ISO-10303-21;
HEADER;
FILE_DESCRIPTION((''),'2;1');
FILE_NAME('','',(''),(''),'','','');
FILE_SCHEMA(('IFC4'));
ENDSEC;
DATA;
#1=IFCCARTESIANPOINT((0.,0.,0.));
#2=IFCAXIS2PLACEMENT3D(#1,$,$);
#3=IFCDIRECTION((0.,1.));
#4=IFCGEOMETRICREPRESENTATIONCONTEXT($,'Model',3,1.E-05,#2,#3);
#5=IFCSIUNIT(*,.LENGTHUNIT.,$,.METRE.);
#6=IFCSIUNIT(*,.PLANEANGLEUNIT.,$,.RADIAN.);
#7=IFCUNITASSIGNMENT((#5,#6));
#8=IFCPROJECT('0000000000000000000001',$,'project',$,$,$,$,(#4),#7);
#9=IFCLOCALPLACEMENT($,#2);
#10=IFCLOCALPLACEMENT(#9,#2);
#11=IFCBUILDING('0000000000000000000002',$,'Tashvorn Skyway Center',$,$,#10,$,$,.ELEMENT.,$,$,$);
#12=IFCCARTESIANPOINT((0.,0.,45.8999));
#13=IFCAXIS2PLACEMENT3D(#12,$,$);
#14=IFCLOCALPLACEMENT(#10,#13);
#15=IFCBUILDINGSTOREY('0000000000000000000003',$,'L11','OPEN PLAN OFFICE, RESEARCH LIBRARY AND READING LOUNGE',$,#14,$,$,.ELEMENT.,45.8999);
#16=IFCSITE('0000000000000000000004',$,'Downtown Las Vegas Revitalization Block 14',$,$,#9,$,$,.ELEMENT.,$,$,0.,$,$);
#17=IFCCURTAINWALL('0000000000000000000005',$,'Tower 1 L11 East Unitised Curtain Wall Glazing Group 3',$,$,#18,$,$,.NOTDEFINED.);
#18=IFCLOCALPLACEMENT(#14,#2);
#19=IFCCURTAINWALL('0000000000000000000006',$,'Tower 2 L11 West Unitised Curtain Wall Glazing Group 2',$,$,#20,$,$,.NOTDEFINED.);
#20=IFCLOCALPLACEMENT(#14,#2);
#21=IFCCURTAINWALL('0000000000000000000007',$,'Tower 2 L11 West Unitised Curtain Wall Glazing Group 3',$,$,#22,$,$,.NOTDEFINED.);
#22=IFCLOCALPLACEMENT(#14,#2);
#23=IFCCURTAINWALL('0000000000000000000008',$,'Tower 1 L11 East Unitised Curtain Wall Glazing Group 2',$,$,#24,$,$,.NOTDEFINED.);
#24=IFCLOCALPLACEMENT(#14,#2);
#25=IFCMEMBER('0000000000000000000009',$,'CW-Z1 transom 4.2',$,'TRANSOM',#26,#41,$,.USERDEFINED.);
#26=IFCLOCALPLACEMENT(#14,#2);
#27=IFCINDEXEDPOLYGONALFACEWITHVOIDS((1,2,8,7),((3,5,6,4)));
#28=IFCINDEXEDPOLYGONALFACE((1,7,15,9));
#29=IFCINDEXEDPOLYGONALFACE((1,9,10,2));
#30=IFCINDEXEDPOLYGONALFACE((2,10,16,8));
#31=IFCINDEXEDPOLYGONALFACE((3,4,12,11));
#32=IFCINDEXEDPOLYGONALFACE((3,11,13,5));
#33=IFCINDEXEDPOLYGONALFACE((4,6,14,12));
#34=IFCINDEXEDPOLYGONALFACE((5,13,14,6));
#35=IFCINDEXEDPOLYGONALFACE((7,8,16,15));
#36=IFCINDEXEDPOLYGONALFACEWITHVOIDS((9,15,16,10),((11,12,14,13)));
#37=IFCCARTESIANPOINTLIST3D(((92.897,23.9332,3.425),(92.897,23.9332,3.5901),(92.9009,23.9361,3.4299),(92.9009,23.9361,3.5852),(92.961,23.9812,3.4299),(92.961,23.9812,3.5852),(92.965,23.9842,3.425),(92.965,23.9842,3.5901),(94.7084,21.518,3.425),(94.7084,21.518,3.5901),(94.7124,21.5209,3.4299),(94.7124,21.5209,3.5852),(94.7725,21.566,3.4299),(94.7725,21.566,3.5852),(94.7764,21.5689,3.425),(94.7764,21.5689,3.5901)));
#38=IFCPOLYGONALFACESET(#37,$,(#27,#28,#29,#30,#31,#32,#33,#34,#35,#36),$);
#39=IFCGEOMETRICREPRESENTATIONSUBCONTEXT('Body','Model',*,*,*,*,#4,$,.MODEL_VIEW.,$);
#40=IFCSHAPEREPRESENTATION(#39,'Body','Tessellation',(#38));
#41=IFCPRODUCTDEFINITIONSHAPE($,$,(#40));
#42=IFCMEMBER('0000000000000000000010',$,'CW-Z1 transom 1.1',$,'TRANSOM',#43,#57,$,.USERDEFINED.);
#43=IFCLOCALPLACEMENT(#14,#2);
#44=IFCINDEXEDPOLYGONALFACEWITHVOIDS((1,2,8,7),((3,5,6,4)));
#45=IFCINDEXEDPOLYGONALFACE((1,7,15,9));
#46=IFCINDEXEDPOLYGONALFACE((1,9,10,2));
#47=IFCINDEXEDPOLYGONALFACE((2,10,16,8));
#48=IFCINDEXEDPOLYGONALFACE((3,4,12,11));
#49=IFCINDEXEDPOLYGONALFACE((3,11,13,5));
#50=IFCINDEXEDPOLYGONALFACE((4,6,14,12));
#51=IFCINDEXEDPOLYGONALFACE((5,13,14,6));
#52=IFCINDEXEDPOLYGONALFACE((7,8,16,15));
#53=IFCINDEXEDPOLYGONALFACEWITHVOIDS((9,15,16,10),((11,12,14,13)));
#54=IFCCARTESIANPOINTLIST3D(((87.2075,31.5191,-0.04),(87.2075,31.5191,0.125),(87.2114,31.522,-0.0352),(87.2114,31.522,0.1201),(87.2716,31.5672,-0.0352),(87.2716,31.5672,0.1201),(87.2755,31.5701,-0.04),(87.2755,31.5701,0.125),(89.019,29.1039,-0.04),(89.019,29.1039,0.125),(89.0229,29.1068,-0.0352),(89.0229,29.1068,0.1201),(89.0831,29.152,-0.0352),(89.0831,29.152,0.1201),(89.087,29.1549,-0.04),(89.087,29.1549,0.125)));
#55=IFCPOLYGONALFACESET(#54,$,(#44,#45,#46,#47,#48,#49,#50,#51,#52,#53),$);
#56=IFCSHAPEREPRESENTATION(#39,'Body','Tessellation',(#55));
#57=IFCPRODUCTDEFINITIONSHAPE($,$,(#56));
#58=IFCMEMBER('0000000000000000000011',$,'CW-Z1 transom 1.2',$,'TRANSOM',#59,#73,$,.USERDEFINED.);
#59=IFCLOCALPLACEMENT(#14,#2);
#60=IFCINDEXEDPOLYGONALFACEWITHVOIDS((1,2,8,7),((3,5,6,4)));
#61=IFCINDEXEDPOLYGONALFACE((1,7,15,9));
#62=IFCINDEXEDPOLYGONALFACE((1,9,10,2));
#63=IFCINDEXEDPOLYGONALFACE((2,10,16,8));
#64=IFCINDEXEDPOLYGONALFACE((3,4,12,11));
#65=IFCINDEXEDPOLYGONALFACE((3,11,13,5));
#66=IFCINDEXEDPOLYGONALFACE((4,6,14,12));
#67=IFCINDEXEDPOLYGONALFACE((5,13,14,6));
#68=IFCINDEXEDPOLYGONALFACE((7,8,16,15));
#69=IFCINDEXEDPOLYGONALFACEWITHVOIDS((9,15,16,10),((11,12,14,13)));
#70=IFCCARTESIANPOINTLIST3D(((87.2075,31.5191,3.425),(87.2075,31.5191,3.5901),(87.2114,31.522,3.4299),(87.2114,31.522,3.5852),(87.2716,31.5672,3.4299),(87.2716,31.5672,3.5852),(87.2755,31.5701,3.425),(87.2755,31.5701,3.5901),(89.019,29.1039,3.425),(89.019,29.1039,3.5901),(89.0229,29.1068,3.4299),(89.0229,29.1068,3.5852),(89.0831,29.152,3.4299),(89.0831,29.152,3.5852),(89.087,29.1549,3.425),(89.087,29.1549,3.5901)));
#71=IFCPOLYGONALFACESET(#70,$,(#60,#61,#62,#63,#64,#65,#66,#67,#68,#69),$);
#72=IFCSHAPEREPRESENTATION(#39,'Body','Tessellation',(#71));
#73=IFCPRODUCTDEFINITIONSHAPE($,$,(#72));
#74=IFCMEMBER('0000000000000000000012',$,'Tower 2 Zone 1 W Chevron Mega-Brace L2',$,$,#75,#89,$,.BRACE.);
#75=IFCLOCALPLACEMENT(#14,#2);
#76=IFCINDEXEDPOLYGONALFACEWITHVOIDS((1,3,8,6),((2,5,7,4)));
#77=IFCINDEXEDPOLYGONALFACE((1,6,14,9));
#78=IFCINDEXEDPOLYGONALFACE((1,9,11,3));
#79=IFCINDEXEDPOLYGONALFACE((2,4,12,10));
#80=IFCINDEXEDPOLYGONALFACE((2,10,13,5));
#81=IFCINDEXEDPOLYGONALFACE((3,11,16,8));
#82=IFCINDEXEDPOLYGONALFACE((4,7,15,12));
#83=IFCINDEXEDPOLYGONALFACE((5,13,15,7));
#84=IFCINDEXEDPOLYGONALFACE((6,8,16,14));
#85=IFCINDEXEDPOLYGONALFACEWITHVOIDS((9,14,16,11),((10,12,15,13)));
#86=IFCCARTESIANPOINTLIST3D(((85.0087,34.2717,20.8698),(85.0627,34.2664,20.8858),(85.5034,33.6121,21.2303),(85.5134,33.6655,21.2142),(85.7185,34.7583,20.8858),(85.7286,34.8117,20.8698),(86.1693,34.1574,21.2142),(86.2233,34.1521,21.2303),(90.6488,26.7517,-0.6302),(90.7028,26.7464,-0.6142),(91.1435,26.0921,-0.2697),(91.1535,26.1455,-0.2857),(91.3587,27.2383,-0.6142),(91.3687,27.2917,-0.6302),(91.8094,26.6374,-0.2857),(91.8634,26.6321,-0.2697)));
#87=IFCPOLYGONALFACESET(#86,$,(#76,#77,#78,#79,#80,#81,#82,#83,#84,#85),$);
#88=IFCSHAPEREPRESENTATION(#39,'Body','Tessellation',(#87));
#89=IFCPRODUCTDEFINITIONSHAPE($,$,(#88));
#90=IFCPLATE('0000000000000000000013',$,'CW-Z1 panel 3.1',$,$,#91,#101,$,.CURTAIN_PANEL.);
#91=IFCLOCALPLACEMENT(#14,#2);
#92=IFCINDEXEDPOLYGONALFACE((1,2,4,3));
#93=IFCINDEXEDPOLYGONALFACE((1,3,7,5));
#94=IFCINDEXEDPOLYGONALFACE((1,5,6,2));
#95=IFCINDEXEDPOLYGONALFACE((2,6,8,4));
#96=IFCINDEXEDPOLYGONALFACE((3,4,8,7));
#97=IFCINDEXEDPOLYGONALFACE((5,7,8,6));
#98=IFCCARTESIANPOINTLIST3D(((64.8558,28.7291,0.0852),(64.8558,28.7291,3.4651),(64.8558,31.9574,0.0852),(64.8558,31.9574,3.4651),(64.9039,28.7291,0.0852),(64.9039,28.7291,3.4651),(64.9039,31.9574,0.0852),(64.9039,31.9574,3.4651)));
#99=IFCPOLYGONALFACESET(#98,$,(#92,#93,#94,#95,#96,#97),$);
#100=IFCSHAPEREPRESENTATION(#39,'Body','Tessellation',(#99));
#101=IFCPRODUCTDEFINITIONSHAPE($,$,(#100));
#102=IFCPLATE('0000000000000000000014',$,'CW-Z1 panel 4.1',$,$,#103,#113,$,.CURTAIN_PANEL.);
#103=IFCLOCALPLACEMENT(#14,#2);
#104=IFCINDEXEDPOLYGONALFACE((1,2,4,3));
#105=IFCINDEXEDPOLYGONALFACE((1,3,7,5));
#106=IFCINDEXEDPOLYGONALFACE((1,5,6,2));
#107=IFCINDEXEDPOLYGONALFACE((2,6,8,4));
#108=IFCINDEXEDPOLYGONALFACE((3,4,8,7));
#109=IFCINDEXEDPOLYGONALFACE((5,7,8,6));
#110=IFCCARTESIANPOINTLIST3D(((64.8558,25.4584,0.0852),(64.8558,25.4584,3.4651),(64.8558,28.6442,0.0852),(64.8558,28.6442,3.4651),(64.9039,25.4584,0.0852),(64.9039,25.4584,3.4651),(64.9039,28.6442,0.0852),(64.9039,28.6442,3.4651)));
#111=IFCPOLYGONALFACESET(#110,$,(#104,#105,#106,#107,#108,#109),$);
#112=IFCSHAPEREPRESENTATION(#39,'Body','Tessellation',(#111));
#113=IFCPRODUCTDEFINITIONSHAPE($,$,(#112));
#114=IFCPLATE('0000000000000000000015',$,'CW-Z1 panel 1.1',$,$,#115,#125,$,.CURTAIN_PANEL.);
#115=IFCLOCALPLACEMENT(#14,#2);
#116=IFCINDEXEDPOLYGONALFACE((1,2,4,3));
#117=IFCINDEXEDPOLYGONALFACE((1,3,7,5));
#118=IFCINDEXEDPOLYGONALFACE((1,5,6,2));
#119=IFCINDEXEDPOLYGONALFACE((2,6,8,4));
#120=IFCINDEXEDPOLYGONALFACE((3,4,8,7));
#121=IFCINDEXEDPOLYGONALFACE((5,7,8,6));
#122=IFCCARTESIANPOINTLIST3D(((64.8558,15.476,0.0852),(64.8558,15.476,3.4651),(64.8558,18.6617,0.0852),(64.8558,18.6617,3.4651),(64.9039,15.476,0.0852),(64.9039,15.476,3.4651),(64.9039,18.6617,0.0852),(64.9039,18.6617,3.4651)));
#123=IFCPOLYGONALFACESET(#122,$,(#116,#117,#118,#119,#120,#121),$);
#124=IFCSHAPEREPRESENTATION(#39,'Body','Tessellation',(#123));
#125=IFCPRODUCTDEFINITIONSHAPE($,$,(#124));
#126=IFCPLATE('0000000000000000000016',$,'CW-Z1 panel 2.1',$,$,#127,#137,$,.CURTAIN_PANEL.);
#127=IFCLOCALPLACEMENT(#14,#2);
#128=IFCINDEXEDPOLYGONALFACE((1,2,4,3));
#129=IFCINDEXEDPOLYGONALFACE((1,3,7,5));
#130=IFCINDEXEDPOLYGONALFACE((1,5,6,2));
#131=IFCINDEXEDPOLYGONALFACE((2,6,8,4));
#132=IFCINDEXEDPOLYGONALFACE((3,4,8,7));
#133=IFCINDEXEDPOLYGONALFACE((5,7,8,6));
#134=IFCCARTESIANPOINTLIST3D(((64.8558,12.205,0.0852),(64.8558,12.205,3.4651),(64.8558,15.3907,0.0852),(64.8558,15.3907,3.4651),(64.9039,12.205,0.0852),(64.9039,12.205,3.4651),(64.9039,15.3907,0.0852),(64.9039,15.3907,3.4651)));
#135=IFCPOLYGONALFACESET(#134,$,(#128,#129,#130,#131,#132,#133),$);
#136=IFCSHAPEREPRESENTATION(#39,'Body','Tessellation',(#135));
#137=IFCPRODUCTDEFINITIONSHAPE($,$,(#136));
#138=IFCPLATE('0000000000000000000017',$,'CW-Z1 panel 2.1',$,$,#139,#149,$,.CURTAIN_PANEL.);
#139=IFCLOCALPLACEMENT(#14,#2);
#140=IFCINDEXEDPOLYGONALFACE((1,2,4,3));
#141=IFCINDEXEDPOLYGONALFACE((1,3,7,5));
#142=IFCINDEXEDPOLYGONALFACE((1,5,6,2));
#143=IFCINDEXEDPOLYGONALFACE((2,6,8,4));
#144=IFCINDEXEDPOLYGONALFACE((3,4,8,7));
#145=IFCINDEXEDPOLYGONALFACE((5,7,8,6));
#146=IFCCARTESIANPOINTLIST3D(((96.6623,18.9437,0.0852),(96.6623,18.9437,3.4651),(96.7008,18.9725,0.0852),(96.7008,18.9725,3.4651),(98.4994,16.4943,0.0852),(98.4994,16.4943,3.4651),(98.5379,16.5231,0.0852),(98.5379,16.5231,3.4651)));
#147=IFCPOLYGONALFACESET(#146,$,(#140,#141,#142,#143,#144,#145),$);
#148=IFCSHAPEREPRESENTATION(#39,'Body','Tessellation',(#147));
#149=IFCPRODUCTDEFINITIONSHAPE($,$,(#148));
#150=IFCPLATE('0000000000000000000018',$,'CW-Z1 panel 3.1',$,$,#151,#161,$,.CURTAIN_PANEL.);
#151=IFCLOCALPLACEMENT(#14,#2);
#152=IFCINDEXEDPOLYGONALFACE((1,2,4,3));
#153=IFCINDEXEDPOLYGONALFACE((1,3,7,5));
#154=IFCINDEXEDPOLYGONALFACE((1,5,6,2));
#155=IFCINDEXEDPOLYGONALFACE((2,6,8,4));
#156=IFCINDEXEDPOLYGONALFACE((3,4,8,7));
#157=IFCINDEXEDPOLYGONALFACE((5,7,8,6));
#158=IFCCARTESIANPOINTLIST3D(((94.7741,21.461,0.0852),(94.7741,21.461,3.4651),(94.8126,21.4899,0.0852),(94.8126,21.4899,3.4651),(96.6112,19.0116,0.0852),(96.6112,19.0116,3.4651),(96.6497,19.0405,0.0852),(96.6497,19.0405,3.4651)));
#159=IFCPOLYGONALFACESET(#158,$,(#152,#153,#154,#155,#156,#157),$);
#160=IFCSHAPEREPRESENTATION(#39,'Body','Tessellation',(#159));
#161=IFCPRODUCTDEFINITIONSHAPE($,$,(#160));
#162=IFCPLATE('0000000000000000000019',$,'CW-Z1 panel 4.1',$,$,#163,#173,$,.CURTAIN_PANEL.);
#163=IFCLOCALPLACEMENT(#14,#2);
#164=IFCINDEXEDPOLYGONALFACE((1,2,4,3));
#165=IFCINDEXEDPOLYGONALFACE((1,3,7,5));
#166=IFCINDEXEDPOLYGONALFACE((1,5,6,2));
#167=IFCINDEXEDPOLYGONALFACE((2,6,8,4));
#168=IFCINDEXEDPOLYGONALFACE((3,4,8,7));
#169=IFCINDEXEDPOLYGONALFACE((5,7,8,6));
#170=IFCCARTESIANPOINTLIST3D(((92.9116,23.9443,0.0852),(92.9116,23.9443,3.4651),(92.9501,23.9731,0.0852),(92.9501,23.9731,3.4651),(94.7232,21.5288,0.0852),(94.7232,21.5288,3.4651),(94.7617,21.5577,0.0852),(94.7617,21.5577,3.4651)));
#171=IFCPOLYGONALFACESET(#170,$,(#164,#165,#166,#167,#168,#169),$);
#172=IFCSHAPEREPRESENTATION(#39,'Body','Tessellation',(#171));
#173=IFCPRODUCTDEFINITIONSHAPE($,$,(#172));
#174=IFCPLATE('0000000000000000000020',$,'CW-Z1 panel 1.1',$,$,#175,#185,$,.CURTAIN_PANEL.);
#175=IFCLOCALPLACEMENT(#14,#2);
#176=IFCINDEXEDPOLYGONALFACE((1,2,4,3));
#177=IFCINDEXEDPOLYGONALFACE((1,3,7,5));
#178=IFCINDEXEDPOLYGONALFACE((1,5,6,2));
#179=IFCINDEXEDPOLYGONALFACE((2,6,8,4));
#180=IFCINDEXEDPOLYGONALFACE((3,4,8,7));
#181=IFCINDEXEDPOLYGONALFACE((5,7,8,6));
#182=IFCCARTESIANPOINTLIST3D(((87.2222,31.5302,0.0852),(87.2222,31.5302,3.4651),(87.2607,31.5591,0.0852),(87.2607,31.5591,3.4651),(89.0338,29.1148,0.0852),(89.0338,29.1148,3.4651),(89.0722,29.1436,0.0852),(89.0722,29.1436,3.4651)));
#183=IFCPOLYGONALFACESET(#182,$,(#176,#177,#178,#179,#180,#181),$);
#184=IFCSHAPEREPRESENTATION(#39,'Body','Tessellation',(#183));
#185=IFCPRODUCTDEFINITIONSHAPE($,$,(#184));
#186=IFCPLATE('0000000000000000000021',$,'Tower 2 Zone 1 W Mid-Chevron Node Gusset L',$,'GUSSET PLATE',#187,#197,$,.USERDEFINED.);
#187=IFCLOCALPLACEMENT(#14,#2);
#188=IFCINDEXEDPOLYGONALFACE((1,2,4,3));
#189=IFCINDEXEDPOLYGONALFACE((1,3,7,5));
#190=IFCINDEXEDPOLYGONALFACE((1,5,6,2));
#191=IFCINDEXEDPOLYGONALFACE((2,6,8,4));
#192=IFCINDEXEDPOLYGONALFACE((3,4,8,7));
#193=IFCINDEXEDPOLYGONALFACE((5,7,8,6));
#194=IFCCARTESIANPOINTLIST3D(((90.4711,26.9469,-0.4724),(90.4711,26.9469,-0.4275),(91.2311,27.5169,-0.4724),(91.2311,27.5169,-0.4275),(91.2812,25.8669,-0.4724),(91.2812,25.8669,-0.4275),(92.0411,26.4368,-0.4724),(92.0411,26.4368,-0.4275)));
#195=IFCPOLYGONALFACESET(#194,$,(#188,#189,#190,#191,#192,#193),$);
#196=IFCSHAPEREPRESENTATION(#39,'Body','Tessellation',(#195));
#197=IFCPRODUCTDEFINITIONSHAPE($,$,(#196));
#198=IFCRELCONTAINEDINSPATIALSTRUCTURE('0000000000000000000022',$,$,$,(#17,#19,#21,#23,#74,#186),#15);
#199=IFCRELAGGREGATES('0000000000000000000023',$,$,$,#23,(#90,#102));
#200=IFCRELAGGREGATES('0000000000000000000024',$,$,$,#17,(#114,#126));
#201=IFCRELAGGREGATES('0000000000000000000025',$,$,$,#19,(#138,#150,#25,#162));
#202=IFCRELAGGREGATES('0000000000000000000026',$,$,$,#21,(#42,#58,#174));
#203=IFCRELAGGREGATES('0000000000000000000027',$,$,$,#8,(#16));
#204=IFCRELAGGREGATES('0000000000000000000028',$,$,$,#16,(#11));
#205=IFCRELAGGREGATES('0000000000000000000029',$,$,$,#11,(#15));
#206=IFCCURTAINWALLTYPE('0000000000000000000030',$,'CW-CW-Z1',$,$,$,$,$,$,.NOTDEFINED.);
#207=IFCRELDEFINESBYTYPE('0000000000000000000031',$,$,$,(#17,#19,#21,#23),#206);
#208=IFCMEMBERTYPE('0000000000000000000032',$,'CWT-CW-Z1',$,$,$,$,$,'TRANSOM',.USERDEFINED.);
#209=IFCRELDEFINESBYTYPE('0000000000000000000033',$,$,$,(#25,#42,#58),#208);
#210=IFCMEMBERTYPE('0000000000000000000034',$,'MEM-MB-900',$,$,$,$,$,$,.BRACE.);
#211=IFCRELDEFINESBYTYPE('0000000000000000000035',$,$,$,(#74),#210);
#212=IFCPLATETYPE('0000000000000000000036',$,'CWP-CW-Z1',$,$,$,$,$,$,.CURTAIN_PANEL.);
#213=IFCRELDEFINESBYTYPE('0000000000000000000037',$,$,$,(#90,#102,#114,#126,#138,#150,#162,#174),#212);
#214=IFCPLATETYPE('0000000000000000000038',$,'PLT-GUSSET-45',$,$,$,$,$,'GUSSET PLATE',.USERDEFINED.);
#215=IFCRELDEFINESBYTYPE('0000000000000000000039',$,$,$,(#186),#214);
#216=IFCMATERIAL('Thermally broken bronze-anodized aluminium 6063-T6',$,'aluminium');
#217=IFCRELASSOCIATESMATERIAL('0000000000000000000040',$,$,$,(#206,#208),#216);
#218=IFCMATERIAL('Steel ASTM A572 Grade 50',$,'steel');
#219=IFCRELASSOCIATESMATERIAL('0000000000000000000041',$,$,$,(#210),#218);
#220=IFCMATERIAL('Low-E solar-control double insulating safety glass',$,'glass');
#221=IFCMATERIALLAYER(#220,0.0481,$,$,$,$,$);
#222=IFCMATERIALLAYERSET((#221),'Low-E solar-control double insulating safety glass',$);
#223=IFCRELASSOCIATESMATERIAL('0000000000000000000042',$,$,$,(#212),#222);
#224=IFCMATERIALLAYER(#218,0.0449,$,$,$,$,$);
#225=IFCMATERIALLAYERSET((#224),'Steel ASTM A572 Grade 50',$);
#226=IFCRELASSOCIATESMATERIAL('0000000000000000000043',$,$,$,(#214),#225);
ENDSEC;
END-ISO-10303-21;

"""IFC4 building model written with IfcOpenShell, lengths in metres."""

from ifc_helpers import new_model, si_unit, direction, frame, origin, origin_2d, place, context, subcontext, project, spatial, rectangle, hollow_rectangle, extrude, material, layer, layer_set, material_profile, profile_set, type_object, element, aggregate, save


model = new_model("IFC4")

# Units and contexts
model_context = context("Model", 3, precision=1e-05, world=origin(), true_north=direction((0.0, 1.0)))
body_context = subcontext(model_context, "Body", "Model", "MODEL_VIEW")
ifc_project = project(units=[si_unit("LENGTHUNIT", "METRE"), si_unit("PLANEANGLEUNIT", "RADIAN")], contexts=[model_context])

# Site, building, storey
site_placement = place(None, origin())
site = spatial("IfcSite", under=ifc_project, at=site_placement, Name="Downtown Las Vegas Revitalization Block 14", CompositionType="ELEMENT", RefElevation=0.0)
building_placement = place(site_placement, origin())
building = spatial("IfcBuilding", under=site, at=building_placement, Name="Tashvorn Skyway Center", CompositionType="ELEMENT")
storey_placement = place(building_placement, frame((0.0, 0.0, 45.8999)))
storey = spatial("IfcBuildingStorey", under=building, at=storey_placement, Name="L11", Description="OPEN PLAN OFFICE, RESEARCH LIBRARY AND READING LOUNGE", CompositionType="ELEMENT", Elevation=45.8999)

# Shared definitions
ifc_material_1 = material(Name="Steel ASTM A572 Grade 50", Category="steel")

# Curtain walls
ifc_material_2 = material(Name="Thermally broken bronze-anodized aluminium 6063-T6", Category="aluminium")
curtain_wall_type = type_object("IfcCurtainWallType", Name="CW-CW-Z1", PredefinedType="NOTDEFINED", material=ifc_material_2)
curtain_wall_1_placement = place(storey_placement, origin())
curtain_wall_1 = element("IfcCurtainWall", 1, at=curtain_wall_1_placement, inside=storey, type_object=curtain_wall_type, Name="Tower 1 L11 East Unitised Curtain Wall Glazing Group 3", PredefinedType="NOTDEFINED")
curtain_wall_2_placement = place(storey_placement, origin())
curtain_wall_2 = element("IfcCurtainWall", 2, at=curtain_wall_2_placement, inside=storey, type_object=curtain_wall_type, Name="Tower 2 L11 West Unitised Curtain Wall Glazing Group 2", PredefinedType="NOTDEFINED")

# Curtain wall
curtain_wall_3_placement = place(storey_placement, origin())
curtain_wall_3 = element("IfcCurtainWall", 3, at=curtain_wall_3_placement, inside=storey, type_object=curtain_wall_type, Name="Tower 2 L11 West Unitised Curtain Wall Glazing Group 3", PredefinedType="NOTDEFINED")

# Curtain wall
curtain_wall_4_placement = place(storey_placement, origin())
curtain_wall_4 = element("IfcCurtainWall", 4, at=curtain_wall_4_placement, inside=storey, type_object=curtain_wall_type, Name="Tower 1 L11 East Unitised Curtain Wall Glazing Group 2", PredefinedType="NOTDEFINED")
ifc_material_profile_1 = material_profile(ifc_material_2, hollow_rectangle(XDim=0.085, YDim=0.165, WallThickness=0.0049, at=origin_2d()), Name="ALU-TRAN-85x165")
ifc_profile_set_1 = profile_set([ifc_material_profile_1], Name="Thermally broken bronze-anodized aluminium 6063-T6")
member_type_1 = type_object("IfcMemberType", Name="CWT-CW-Z1", ElementType="TRANSOM", PredefinedType="USERDEFINED", material=ifc_profile_set_1)

# Members
member_1_placement = place(storey_placement, frame((94.7424, 21.5435, 3.5076), z_axis=(-0.600013, 0.79999, 0.0), x_axis=(-0.79999, -0.600013, 0.0)))
member_1 = element("IfcMember", 5, at=member_1_placement, type_object=member_type_1, Name="CW-Z1 transom 4.2", ObjectType="TRANSOM", PredefinedType="USERDEFINED", context=body_context, shape_type="SweptSolid", body=[
    extrude(hollow_rectangle(XDim=0.085, YDim=0.165, WallThickness=0.0049, at=origin_2d()), origin(), (0.0, 0.0, 1.0), 3.019),
])
member_2_placement = place(storey_placement, frame((89.053, 29.1294, 0.0425), z_axis=(-0.600013, 0.79999, 0.0), x_axis=(-0.79999, -0.600013, 0.0)))
member_2 = element("IfcMember", 6, at=member_2_placement, type_object=member_type_1, Name="CW-Z1 transom 1.1", ObjectType="TRANSOM", PredefinedType="USERDEFINED", context=body_context, shape_type="SweptSolid", body=[
    extrude(hollow_rectangle(XDim=0.085, YDim=0.165, WallThickness=0.0049, at=origin_2d()), origin(), (0.0, 0.0, 1.0), 3.019),
])
member_3_placement = place(storey_placement, frame((89.053, 29.1294, 3.5076), z_axis=(-0.600013, 0.79999, 0.0), x_axis=(-0.79999, -0.600013, 0.0)))
member_3 = element("IfcMember", 7, at=member_3_placement, type_object=member_type_1, Name="CW-Z1 transom 1.2", ObjectType="TRANSOM", PredefinedType="USERDEFINED", context=body_context, shape_type="SweptSolid", body=[
    extrude(hollow_rectangle(XDim=0.085, YDim=0.165, WallThickness=0.0049, at=origin_2d()), origin(), (0.0, 0.0, 1.0), 3.019),
])
ifc_material_profile_2 = material_profile(ifc_material_1, hollow_rectangle(XDim=0.8999, YDim=0.8999, WallThickness=0.04, at=origin_2d()), Name="BOX900x900x40")
ifc_profile_set_2 = profile_set([ifc_material_profile_2], Name="Steel ASTM A572 Grade 50")
member_type_2 = type_object("IfcMemberType", Name="MEM-MB-900", PredefinedType="BRACE", material=ifc_profile_set_2)
member_4_placement = place(storey_placement, frame((91.2561, 26.6919, -0.45), z_axis=(-0.240363, 0.320477, 0.916254), x_axis=(-0.799994, -0.600008, 0.0)))
element("IfcMember", 8, at=member_4_placement, inside=storey, type_object=member_type_2, Name="Tower 2 Zone 1 W Chevron Mega-Brace L2", PredefinedType="BRACE", context=body_context, shape_type="SweptSolid", body=[
    extrude(hollow_rectangle(XDim=0.8999, YDim=0.8999, WallThickness=0.04, at=origin_2d()), origin(), (0.0, 0.0, 1.0), 23.4651),
])

# Plates
ifc_material_3 = material(Name="Low-E solar-control double insulating safety glass", Category="glass")
ifc_layer_1 = layer(ifc_material_3, 0.0481)
ifc_layer_set_1 = layer_set([ifc_layer_1], Name="Low-E solar-control double insulating safety glass")
plate_type_1 = type_object("IfcPlateType", Name="CWP-CW-Z1", PredefinedType="CURTAIN_PANEL", material=ifc_layer_set_1)
plate_1_placement = place(storey_placement, frame((64.8799, 30.3433, 0.0852), z_axis=(0.0, 0.0, 1.0), x_axis=(0.0, -1.0, 0.0)))
plate_1 = element("IfcPlate", 9, at=plate_1_placement, type_object=plate_type_1, Name="CW-Z1 panel 3.1", PredefinedType="CURTAIN_PANEL", context=body_context, shape_type="SweptSolid", body=[
    extrude(rectangle(XDim=3.2283, YDim=0.0481, at=origin_2d()), origin(), (0.0, 0.0, 1.0), 3.3799),
])
plate_2_placement = place(storey_placement, frame((64.8799, 27.0513, 0.0852), z_axis=(0.0, 0.0, 1.0), x_axis=(0.0, -1.0, 0.0)))
plate_2 = element("IfcPlate", 10, at=plate_2_placement, type_object=plate_type_1, Name="CW-Z1 panel 4.1", PredefinedType="CURTAIN_PANEL", context=body_context, shape_type="SweptSolid", body=[
    extrude(rectangle(XDim=3.1858, YDim=0.0481, at=origin_2d()), origin(), (0.0, 0.0, 1.0), 3.3799),
])
aggregate(curtain_wall_4, [plate_1, plate_2])
plate_3_placement = place(storey_placement, frame((64.8799, 17.0688, 0.0852), z_axis=(0.0, 0.0, 1.0), x_axis=(0.0, -1.0, 0.0)))
plate_3 = element("IfcPlate", 11, at=plate_3_placement, type_object=plate_type_1, Name="CW-Z1 panel 1.1", PredefinedType="CURTAIN_PANEL", context=body_context, shape_type="SweptSolid", body=[
    extrude(rectangle(XDim=3.1858, YDim=0.0481, at=origin_2d()), origin(), (0.0, 0.0, 1.0), 3.3799),
])
plate_4_placement = place(storey_placement, frame((64.8799, 13.7979, 0.0852), z_axis=(0.0, 0.0, 1.0), x_axis=(0.0, -1.0, 0.0)))
plate_4 = element("IfcPlate", 12, at=plate_4_placement, type_object=plate_type_1, Name="CW-Z1 panel 2.1", PredefinedType="CURTAIN_PANEL", context=body_context, shape_type="SweptSolid", body=[
    extrude(rectangle(XDim=3.1858, YDim=0.0481, at=origin_2d()), origin(), (0.0, 0.0, 1.0), 3.3799),
])
aggregate(curtain_wall_1, [plate_3, plate_4])
plate_5_placement = place(storey_placement, frame((97.6001, 17.7334, 0.0852), z_axis=(0.0, 0.0, 1.0), x_axis=(-0.599997, 0.800002, 0.0)))
plate_5 = element("IfcPlate", 13, at=plate_5_placement, type_object=plate_type_1, Name="CW-Z1 panel 2.1", PredefinedType="CURTAIN_PANEL", context=body_context, shape_type="SweptSolid", body=[
    extrude(rectangle(XDim=3.0618, YDim=0.0481, at=origin_2d()), origin(), (0.0, 0.0, 1.0), 3.3799),
])
plate_6_placement = place(storey_placement, frame((95.7119, 20.2507, 0.0852), z_axis=(0.0, 0.0, 1.0), x_axis=(-0.599997, 0.800002, 0.0)))
plate_6 = element("IfcPlate", 14, at=plate_6_placement, type_object=plate_type_1, Name="CW-Z1 panel 3.1", PredefinedType="CURTAIN_PANEL", context=body_context, shape_type="SweptSolid", body=[
    extrude(rectangle(XDim=3.0618, YDim=0.0481, at=origin_2d()), origin(), (0.0, 0.0, 1.0), 3.3799),
])
plate_7_placement = place(storey_placement, frame((93.8367, 22.751, 0.0852), z_axis=(0.0, 0.0, 1.0), x_axis=(-0.599997, 0.800002, 0.0)))
plate_7 = element("IfcPlate", 15, at=plate_7_placement, type_object=plate_type_1, Name="CW-Z1 panel 4.1", PredefinedType="CURTAIN_PANEL", context=body_context, shape_type="SweptSolid", body=[
    extrude(rectangle(XDim=3.0193, YDim=0.0481, at=origin_2d()), origin(), (0.0, 0.0, 1.0), 3.3799),
])
aggregate(curtain_wall_2, [plate_5, plate_6, member_1, plate_7])
plate_8_placement = place(storey_placement, frame((88.1472, 30.3369, 0.0852), z_axis=(0.0, 0.0, 1.0), x_axis=(-0.599997, 0.800002, 0.0)))
plate_8 = element("IfcPlate", 16, at=plate_8_placement, type_object=plate_type_1, Name="CW-Z1 panel 1.1", PredefinedType="CURTAIN_PANEL", context=body_context, shape_type="SweptSolid", body=[
    extrude(rectangle(XDim=3.0193, YDim=0.0481, at=origin_2d()), origin(), (0.0, 0.0, 1.0), 3.3799),
])
aggregate(curtain_wall_3, [member_2, member_3, plate_8])
ifc_layer_2 = layer(ifc_material_1, 0.0449)
ifc_layer_set_2 = layer_set([ifc_layer_2], Name="Steel ASTM A572 Grade 50")
plate_type_2 = type_object("IfcPlateType", Name="PLT-GUSSET-45", ElementType="GUSSET PLATE", PredefinedType="USERDEFINED", material=ifc_layer_set_2)
plate_9_placement = place(storey_placement, frame((91.2561, 26.6919, -0.4724), z_axis=(0.0, 0.0, 1.0), x_axis=(0.6, -0.8, 0.0)))
element("IfcPlate", 17, at=plate_9_placement, inside=storey, type_object=plate_type_2, Name="Tower 2 Zone 1 W Mid-Chevron Node Gusset L", ObjectType="GUSSET PLATE", PredefinedType="USERDEFINED", context=body_context, shape_type="SweptSolid", body=[
    extrude(rectangle(XDim=1.3501, YDim=0.95, at=origin_2d()), origin(), (0.0, 0.0, 1.0), 0.0449),
])

save(model, "model.ifc")
